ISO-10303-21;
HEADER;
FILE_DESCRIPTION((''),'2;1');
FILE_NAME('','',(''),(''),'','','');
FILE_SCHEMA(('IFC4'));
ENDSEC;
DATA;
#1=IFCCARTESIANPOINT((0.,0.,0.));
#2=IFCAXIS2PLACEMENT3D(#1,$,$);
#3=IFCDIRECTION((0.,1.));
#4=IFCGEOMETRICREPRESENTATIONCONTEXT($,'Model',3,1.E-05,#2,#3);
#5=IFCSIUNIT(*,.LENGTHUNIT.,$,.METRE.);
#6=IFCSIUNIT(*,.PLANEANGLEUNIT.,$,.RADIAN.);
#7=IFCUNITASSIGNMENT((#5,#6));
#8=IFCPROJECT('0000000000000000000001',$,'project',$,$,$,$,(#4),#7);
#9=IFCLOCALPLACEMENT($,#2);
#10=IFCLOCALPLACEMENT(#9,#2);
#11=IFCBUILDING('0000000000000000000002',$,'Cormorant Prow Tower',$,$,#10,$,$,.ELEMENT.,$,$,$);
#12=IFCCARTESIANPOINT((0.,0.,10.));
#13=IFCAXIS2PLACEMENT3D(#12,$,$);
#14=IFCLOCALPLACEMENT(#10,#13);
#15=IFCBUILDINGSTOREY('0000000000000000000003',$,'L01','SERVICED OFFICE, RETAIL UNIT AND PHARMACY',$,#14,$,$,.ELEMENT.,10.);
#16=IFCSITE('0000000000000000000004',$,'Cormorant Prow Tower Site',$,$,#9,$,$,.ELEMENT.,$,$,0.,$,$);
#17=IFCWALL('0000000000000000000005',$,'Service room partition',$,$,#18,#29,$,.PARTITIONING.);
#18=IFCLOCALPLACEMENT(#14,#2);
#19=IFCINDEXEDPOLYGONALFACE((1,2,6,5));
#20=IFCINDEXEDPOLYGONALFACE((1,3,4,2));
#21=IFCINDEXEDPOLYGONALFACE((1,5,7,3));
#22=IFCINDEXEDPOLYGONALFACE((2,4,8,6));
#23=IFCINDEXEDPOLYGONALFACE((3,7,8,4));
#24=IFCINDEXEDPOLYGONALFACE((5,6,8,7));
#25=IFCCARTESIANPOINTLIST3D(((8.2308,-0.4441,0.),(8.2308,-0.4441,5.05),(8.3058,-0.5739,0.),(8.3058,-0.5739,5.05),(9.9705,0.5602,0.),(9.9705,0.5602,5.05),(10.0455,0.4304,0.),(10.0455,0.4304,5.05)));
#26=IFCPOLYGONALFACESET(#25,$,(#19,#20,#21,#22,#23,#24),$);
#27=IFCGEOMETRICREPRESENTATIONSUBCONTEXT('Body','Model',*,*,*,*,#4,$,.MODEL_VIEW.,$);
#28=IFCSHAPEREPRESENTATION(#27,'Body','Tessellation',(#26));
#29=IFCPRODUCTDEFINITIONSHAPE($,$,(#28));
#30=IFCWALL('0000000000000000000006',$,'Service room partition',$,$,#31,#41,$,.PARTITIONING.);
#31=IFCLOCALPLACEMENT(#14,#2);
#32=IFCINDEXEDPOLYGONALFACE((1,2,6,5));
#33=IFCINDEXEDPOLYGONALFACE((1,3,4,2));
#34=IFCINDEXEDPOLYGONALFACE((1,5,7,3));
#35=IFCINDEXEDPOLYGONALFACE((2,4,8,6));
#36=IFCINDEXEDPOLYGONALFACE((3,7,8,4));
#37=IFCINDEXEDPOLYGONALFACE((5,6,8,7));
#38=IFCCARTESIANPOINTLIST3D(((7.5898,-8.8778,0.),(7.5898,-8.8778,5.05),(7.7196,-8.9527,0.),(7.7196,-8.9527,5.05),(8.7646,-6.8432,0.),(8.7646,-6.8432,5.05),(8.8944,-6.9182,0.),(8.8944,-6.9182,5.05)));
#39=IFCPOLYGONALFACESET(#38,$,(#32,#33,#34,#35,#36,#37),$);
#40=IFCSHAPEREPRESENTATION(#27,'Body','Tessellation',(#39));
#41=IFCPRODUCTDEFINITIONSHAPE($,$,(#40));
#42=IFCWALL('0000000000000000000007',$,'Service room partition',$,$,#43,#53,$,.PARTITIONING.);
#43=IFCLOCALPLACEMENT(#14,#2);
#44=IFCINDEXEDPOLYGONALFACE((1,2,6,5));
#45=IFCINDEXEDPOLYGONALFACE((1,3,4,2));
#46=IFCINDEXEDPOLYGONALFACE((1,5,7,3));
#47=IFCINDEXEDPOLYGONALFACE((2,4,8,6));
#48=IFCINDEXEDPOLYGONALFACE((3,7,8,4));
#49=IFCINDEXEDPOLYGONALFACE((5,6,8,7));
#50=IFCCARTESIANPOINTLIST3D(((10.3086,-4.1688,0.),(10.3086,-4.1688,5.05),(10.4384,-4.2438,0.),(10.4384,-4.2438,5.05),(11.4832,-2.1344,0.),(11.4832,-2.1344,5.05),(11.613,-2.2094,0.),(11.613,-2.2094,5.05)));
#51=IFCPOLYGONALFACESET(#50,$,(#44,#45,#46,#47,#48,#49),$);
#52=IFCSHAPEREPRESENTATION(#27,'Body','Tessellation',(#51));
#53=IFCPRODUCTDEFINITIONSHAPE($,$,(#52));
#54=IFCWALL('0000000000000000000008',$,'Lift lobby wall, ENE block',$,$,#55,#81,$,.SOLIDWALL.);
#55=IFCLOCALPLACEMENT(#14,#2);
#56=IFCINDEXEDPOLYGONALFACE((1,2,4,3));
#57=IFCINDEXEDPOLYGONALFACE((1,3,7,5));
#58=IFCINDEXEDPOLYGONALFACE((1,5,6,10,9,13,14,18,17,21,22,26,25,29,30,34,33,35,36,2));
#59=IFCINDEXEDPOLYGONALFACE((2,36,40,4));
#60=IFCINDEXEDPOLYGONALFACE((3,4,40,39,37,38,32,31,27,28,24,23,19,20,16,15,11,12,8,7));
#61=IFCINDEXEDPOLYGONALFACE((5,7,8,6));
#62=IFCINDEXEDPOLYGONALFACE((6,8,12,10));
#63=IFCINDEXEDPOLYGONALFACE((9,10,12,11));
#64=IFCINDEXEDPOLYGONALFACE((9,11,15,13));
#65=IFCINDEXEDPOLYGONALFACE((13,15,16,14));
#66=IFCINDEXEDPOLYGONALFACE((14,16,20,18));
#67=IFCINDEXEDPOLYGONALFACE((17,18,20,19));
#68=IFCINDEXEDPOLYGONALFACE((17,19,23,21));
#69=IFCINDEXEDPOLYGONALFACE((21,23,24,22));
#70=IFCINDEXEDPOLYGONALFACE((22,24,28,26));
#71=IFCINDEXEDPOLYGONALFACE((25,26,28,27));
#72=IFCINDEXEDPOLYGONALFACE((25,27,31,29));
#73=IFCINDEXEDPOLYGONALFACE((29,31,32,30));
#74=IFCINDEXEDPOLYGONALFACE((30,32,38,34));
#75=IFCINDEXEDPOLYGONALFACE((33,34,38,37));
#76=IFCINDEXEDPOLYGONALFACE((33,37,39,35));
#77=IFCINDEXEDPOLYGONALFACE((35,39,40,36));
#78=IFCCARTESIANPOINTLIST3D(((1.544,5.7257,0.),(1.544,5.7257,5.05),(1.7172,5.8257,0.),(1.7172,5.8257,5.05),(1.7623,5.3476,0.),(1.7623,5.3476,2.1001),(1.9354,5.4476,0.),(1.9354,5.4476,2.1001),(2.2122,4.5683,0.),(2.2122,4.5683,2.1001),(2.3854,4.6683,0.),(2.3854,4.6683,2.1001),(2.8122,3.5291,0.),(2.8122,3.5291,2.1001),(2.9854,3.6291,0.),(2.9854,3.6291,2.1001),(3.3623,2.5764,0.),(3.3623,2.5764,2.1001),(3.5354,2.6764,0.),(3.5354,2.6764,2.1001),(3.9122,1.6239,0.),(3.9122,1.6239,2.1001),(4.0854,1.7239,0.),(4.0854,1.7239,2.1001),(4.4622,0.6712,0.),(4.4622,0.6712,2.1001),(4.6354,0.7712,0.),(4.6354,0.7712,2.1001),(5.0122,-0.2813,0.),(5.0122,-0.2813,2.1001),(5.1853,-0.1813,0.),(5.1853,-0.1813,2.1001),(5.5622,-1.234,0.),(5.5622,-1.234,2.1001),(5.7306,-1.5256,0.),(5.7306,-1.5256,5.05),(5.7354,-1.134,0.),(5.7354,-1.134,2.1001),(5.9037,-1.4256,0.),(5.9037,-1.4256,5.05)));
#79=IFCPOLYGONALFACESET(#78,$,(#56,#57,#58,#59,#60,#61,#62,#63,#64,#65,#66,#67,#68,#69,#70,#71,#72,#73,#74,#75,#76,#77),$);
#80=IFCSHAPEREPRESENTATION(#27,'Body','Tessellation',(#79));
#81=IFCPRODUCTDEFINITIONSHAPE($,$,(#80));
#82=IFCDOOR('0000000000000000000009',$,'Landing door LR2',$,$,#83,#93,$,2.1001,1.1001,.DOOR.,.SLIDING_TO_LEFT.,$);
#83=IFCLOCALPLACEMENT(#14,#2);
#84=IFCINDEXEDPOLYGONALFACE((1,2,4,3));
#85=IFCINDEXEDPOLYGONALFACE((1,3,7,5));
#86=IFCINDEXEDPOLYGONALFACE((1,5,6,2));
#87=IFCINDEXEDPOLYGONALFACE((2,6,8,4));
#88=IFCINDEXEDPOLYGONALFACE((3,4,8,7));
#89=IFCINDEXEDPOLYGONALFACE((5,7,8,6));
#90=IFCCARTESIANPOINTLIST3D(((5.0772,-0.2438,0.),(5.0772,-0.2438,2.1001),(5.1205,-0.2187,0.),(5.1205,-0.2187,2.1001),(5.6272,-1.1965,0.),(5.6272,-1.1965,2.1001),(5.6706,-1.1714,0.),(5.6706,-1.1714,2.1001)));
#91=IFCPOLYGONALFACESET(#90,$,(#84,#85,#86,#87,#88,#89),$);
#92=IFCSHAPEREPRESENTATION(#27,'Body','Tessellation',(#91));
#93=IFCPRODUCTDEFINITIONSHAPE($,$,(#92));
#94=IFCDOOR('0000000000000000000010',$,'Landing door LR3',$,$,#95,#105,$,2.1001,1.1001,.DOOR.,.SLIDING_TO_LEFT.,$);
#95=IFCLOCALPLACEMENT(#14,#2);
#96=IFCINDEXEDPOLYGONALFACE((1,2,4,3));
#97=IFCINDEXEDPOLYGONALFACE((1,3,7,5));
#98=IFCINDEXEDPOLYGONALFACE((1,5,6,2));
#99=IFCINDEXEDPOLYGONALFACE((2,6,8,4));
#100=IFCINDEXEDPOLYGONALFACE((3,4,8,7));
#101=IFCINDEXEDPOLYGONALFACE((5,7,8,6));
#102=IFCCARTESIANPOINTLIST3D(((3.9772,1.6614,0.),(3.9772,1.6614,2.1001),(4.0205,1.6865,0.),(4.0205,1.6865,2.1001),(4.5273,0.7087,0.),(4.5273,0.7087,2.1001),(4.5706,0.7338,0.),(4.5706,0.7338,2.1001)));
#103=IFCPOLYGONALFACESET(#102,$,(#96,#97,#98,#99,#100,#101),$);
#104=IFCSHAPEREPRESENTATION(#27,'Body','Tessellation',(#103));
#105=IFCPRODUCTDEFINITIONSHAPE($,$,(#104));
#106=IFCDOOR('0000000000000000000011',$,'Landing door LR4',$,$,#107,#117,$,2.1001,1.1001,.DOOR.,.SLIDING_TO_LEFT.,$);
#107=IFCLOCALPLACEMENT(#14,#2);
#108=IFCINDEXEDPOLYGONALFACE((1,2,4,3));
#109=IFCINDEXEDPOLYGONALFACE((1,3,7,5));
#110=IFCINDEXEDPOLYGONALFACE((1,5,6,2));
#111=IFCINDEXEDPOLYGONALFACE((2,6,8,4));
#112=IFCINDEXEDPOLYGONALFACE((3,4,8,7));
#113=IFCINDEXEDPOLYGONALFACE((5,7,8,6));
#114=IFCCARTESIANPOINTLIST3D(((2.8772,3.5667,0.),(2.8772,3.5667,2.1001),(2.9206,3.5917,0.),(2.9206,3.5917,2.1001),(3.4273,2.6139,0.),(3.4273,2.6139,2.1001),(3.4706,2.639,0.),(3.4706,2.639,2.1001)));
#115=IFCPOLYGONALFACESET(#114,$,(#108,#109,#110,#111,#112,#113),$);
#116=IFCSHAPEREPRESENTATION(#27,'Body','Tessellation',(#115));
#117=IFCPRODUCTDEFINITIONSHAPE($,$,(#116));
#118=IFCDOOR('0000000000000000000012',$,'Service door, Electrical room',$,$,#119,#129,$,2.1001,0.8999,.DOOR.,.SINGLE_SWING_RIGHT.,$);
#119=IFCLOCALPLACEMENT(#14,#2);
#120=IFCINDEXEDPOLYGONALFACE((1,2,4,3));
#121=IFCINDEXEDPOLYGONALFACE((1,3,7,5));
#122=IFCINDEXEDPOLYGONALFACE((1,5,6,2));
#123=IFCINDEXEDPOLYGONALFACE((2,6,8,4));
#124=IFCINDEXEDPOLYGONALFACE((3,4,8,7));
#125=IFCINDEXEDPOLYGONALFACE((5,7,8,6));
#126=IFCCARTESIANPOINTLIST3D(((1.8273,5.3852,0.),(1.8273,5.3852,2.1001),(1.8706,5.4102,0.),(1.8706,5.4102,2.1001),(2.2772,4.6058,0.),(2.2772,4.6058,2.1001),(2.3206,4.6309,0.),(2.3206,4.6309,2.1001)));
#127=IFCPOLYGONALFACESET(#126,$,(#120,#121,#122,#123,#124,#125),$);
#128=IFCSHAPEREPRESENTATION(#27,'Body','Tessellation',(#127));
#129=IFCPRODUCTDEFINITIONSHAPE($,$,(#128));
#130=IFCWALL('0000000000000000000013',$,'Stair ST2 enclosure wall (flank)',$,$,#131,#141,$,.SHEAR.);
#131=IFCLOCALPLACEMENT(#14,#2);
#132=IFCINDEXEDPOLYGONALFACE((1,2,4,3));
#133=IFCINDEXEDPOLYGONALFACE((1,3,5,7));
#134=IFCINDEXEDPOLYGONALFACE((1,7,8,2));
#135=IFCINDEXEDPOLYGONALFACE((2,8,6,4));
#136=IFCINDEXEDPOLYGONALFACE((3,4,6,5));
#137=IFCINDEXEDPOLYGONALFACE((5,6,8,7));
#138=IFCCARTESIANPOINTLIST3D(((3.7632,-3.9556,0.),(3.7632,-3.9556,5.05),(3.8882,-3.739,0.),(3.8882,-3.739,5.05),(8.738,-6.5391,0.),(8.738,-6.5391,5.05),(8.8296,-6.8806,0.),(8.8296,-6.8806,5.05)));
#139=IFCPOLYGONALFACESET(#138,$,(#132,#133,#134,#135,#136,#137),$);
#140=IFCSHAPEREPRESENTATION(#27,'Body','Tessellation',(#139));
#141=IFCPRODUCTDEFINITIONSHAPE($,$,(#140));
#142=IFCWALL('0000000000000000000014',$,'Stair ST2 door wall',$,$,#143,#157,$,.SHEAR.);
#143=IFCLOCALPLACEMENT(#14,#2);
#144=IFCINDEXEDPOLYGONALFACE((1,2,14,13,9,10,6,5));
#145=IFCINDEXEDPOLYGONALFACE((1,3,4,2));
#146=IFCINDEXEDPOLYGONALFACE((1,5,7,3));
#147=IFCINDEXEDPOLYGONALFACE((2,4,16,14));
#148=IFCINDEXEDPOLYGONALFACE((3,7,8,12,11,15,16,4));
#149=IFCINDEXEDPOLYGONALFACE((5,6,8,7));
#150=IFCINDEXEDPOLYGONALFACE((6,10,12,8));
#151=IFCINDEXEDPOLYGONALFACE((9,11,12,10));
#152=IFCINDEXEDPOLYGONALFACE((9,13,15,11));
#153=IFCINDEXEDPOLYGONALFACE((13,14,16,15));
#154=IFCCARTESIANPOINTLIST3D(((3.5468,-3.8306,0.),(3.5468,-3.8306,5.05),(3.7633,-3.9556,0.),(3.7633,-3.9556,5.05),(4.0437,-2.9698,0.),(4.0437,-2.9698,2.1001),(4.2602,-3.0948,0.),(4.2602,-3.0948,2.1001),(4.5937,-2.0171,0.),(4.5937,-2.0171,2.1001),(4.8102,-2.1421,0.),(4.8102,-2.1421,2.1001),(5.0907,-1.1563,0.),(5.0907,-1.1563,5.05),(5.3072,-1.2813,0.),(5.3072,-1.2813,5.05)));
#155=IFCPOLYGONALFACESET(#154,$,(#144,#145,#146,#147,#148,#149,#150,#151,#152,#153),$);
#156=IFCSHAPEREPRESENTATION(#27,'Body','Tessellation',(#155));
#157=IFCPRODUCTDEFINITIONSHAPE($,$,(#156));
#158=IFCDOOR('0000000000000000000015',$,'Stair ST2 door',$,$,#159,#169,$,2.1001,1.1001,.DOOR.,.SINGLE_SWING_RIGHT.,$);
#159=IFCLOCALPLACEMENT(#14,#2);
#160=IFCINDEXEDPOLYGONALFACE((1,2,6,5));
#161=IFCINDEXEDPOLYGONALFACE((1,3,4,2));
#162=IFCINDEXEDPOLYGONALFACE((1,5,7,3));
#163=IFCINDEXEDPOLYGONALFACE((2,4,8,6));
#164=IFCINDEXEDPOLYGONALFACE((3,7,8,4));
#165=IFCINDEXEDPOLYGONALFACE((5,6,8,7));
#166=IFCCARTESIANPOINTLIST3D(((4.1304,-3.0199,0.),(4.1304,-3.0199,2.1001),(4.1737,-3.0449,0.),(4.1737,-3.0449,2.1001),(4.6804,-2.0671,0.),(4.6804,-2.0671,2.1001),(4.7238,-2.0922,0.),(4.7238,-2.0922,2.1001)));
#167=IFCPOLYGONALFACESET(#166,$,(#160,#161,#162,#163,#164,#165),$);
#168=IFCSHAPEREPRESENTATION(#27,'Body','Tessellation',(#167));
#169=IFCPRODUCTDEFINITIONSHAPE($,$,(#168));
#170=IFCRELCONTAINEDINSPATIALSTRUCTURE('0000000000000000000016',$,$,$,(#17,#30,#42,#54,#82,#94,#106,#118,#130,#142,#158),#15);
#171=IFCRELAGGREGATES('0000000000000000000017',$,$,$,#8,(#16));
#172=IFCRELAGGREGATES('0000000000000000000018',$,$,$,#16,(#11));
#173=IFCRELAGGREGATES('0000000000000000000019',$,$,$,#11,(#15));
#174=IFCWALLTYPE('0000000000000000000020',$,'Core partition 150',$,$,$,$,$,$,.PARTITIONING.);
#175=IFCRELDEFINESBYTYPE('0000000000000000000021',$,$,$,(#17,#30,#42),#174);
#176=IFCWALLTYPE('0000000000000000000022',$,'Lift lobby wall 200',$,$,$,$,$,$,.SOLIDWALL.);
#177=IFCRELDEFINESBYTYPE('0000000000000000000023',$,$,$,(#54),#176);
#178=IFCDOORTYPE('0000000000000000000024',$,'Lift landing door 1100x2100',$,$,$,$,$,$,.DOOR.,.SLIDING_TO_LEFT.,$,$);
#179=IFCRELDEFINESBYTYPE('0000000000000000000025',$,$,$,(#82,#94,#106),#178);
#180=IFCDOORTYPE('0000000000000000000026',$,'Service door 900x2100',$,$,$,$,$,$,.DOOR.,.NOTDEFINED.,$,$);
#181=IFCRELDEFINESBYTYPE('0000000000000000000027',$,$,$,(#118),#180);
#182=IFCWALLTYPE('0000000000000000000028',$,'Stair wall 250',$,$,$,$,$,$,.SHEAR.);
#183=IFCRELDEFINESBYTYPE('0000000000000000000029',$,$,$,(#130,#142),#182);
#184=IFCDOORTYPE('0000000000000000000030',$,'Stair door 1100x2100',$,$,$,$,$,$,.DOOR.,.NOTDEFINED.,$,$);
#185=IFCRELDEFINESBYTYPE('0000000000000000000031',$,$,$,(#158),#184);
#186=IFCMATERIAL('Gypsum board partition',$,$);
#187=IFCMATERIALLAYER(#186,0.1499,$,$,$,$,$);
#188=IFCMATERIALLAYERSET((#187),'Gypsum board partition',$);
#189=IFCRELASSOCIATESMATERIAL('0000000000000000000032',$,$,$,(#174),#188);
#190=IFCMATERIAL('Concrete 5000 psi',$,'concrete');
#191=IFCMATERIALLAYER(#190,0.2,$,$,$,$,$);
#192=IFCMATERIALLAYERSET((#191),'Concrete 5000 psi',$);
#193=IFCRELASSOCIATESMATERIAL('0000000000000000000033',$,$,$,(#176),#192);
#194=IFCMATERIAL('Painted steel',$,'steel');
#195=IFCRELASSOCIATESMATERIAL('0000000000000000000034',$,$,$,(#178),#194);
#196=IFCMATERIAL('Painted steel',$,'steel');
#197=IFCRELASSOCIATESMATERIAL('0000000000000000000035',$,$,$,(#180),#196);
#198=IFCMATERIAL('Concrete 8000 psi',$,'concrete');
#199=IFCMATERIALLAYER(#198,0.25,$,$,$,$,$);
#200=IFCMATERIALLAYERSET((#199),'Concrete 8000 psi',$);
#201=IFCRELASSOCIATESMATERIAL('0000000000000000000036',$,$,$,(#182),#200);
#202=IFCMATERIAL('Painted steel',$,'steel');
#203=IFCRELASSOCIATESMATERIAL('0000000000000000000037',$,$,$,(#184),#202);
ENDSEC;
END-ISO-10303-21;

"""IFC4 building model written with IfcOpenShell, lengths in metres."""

from ifc_helpers import new_model, si_unit, direction, frame, frame_2d, origin, place, context, subcontext, project, spatial, polyline, rectangle, outline, extrude, material, layer, layer_set, type_object, element, fill, save


model = new_model("IFC4")

# Units and contexts
model_context = context("Model", 3, precision=1e-05, world=origin(), true_north=direction((0.0, 1.0)))
body_context = subcontext(model_context, "Body", "Model", "MODEL_VIEW")
ifc_project = project(units=[si_unit("LENGTHUNIT", "METRE"), si_unit("PLANEANGLEUNIT", "RADIAN")], contexts=[model_context])

# Site, building, storey
site_placement = place(None, origin())
site = spatial("IfcSite", under=ifc_project, at=site_placement, Name="Cormorant Prow Tower Site", CompositionType="ELEMENT", RefElevation=0.0)
building_placement = place(site_placement, origin())
building = spatial("IfcBuilding", under=site, at=building_placement, Name="Cormorant Prow Tower", CompositionType="ELEMENT")
storey_placement = place(building_placement, frame((0.0, 0.0, 10.0)))
storey = spatial("IfcBuildingStorey", under=building, at=storey_placement, Name="L01", Description="SERVICED OFFICE, RETAIL UNIT AND PHARMACY", CompositionType="ELEMENT", Elevation=10.0)

# Walls
ifc_material_1 = material(Name="Gypsum board partition")
ifc_layer_1 = layer(ifc_material_1, 0.1499)
ifc_layer_set_1 = layer_set([ifc_layer_1], Name="Gypsum board partition")
wall_type_1 = type_object("IfcWallType", Name="Core partition 150", PredefinedType="PARTITIONING", material=ifc_layer_set_1)
wall_1_placement = place(storey_placement, frame((8.2683, -0.509, 0.0), z_axis=(0.0, 0.0, 1.0), x_axis=(0.866036, 0.499982, 0.0)))
element("IfcWall", 1, at=wall_1_placement, inside=storey, type_object=wall_type_1, Name="Service room partition", PredefinedType="PARTITIONING", context=body_context, shape_type="SweptSolid", body=[
    extrude(rectangle(XDim=2.0088, YDim=0.1499, at=frame_2d((1.0044, 0.0))), origin(), (0.0, 0.0, 1.0), 5.05),
])
wall_2_placement = place(storey_placement, frame((8.8296, -6.8806, 0.0), z_axis=(0.0, 0.0, 1.0), x_axis=(-0.500073, -0.865983, 0.0)))
element("IfcWall", 2, at=wall_2_placement, inside=storey, type_object=wall_type_1, Name="Service room partition", PredefinedType="PARTITIONING", context=body_context, shape_type="SweptSolid", body=[
    extrude(rectangle(XDim=2.3494, YDim=0.1499, at=frame_2d((1.1748, 0.0))), origin(), (0.0, 0.0, 1.0), 5.05),
])
wall_3_placement = place(storey_placement, frame((10.3735, -4.2063, 0.0), z_axis=(0.0, 0.0, 1.0), x_axis=(0.499995, 0.866028, 0.0)))
element("IfcWall", 3, at=wall_3_placement, inside=storey, type_object=wall_type_1, Name="Service room partition", PredefinedType="PARTITIONING", context=body_context, shape_type="SweptSolid", body=[
    extrude(rectangle(XDim=2.3491, YDim=0.1499, at=frame_2d((1.1746, 0.0))), origin(), (0.0, 0.0, 1.0), 5.05),
])

# Wall, openings, doors
ifc_material_2 = material(Name="Concrete 5000 psi", Category="concrete")
ifc_layer_2 = layer(ifc_material_2, 0.2)
ifc_layer_set_2 = layer_set([ifc_layer_2], Name="Concrete 5000 psi")
wall_type_2 = type_object("IfcWallType", Name="Lift lobby wall 200", PredefinedType="SOLIDWALL", material=ifc_layer_set_2)
wall_4_placement = place(storey_placement, frame((5.8171, -1.4756, 0.0), z_axis=(0.0, 0.0, 1.0), x_axis=(-0.500003, 0.866024, 0.0)))
wall_4 = element("IfcWall", 4, at=wall_4_placement, inside=storey, type_object=wall_type_2, Name="Lift lobby wall, ENE block", PredefinedType="SOLIDWALL", context=body_context, shape_type="SweptSolid", body=[
    extrude(rectangle(XDim=8.373, YDim=0.2, at=frame_2d((4.1865, 0.0))), origin(), (0.0, 0.0, 1.0), 5.05),
])
opening_1_placement = place(wall_4_placement, frame((0.3367, 0.0, 0.0)))
opening_1 = element("IfcOpeningElement", 5, at=opening_1_placement, cuts=wall_4, PredefinedType="OPENING", context=body_context, shape_type="SweptSolid", body=[
    extrude(rectangle(XDim=1.1001, YDim=2.1001, at=frame_2d((0.55, 1.05))), frame((0.0, 0.1099, 0.0), z_axis=(0.0, -1.0, 0.0), x_axis=(1.0, 0.0, 0.0)), (0.0, 0.0, 1.0), 0.22),
])
opening_2_placement = place(wall_4_placement, frame((2.5366, 0.0, 0.0)))
opening_2 = element("IfcOpeningElement", 6, at=opening_2_placement, cuts=wall_4, PredefinedType="OPENING", context=body_context, shape_type="SweptSolid", body=[
    extrude(rectangle(XDim=1.1001, YDim=2.1001, at=frame_2d((0.55, 1.05))), frame((0.0, 0.1099, 0.0), z_axis=(0.0, -1.0, 0.0), x_axis=(1.0, 0.0, 0.0)), (0.0, 0.0, 1.0), 0.22),
])
opening_3_placement = place(wall_4_placement, frame((4.7366, 0.0, 0.0)))
opening_3 = element("IfcOpeningElement", 7, at=opening_3_placement, cuts=wall_4, PredefinedType="OPENING", context=body_context, shape_type="SweptSolid", body=[
    extrude(rectangle(XDim=1.1001, YDim=2.1001, at=frame_2d((0.55, 1.05))), frame((0.0, 0.1099, 0.0), z_axis=(0.0, -1.0, 0.0), x_axis=(1.0, 0.0, 0.0)), (0.0, 0.0, 1.0), 0.22),
])
opening_4_placement = place(wall_4_placement, frame((7.0366, 0.0, 0.0)))
opening_4 = element("IfcOpeningElement", 8, at=opening_4_placement, cuts=wall_4, PredefinedType="OPENING", context=body_context, shape_type="SweptSolid", body=[
    extrude(rectangle(XDim=0.8999, YDim=2.1001, at=frame_2d((0.45, 1.05))), frame((0.0, 0.1099, 0.0), z_axis=(0.0, -1.0, 0.0), x_axis=(1.0, 0.0, 0.0)), (0.0, 0.0, 1.0), 0.22),
])
ifc_material_3 = material(Name="Painted steel", Category="steel")
door_type_1 = type_object("IfcDoorType", Name="Lift landing door 1100x2100", OperationType="SLIDING_TO_LEFT", PredefinedType="DOOR", material=ifc_material_3)
door_1_placement = place(opening_1_placement, origin())
door_1 = element("IfcDoor", 9, at=door_1_placement, inside=storey, type_object=door_type_1, Name="Landing door LR2", OperationType="SLIDING_TO_LEFT", OverallHeight=2.1001, OverallWidth=1.1001, PredefinedType="DOOR", context=body_context, shape_type="SweptSolid", body=[
    extrude(rectangle(XDim=1.1001, YDim=2.1001, at=frame_2d((0.55, 1.05))), frame((0.0, 0.0249, 0.0), z_axis=(0.0, -1.0, 0.0), x_axis=(1.0, 0.0, 0.0)), (0.0, 0.0, 1.0), 0.05),
])
fill(opening_1, door_1)
door_2_placement = place(opening_2_placement, origin())
door_2 = element("IfcDoor", 10, at=door_2_placement, inside=storey, type_object=door_type_1, Name="Landing door LR3", OperationType="SLIDING_TO_LEFT", OverallHeight=2.1001, OverallWidth=1.1001, PredefinedType="DOOR", context=body_context, shape_type="SweptSolid", body=[
    extrude(rectangle(XDim=1.1001, YDim=2.1001, at=frame_2d((0.55, 1.05))), frame((0.0, 0.0249, 0.0), z_axis=(0.0, -1.0, 0.0), x_axis=(1.0, 0.0, 0.0)), (0.0, 0.0, 1.0), 0.05),
])
fill(opening_2, door_2)
door_3_placement = place(opening_3_placement, origin())
door_3 = element("IfcDoor", 11, at=door_3_placement, inside=storey, type_object=door_type_1, Name="Landing door LR4", OperationType="SLIDING_TO_LEFT", OverallHeight=2.1001, OverallWidth=1.1001, PredefinedType="DOOR", context=body_context, shape_type="SweptSolid", body=[
    extrude(rectangle(XDim=1.1001, YDim=2.1001, at=frame_2d((0.55, 1.05))), frame((0.0, 0.0249, 0.0), z_axis=(0.0, -1.0, 0.0), x_axis=(1.0, 0.0, 0.0)), (0.0, 0.0, 1.0), 0.05),
])
fill(opening_3, door_3)
ifc_material_4 = material(Name="Painted steel", Category="steel")
door_type_2 = type_object("IfcDoorType", Name="Service door 900x2100", OperationType="NOTDEFINED", PredefinedType="DOOR", material=ifc_material_4)
door_4_placement = place(opening_4_placement, origin())
door_4 = element("IfcDoor", 12, at=door_4_placement, inside=storey, type_object=door_type_2, Name="Service door, Electrical room", OperationType="SINGLE_SWING_RIGHT", OverallHeight=2.1001, OverallWidth=0.8999, PredefinedType="DOOR", context=body_context, shape_type="SweptSolid", body=[
    extrude(rectangle(XDim=0.8999, YDim=2.1001, at=frame_2d((0.45, 1.05))), frame((0.0, 0.0249, 0.0), z_axis=(0.0, -1.0, 0.0), x_axis=(1.0, 0.0, 0.0)), (0.0, 0.0, 1.0), 0.05),
])
fill(opening_4, door_4)

# Wall
ifc_material_5 = material(Name="Concrete 8000 psi", Category="concrete")
ifc_layer_3 = layer(ifc_material_5, 0.25)
ifc_layer_set_3 = layer_set([ifc_layer_3], Name="Concrete 8000 psi")
wall_type_3 = type_object("IfcWallType", Name="Stair wall 250", PredefinedType="SHEAR", material=ifc_layer_set_3)
wall_5_placement = place(storey_placement, origin())
element("IfcWall", 13, at=wall_5_placement, inside=storey, type_object=wall_type_3, Name="Stair ST2 enclosure wall (flank)", PredefinedType="SHEAR", context=body_context, shape_type="SweptSolid", body=[
    extrude(outline(polyline([(3.7632, -3.9556), (8.8296, -6.8806), (8.738, -6.5391), (3.8882, -3.739), (3.7632, -3.9556)])), origin(), (0.0, 0.0, 1.0), 5.05),
])

# Wall, opening, door
wall_6_placement = place(storey_placement, frame((3.655, -3.8931, 0.0), z_axis=(0.0, 0.0, 1.0), x_axis=(0.499983, 0.866035, 0.0)))
wall_6 = element("IfcWall", 14, at=wall_6_placement, inside=storey, type_object=wall_type_3, Name="Stair ST2 door wall", PredefinedType="SHEAR", context=body_context, shape_type="SweptSolid", body=[
    extrude(rectangle(XDim=3.0879, YDim=0.25, at=frame_2d((1.5439, 0.0))), origin(), (0.0, 0.0, 1.0), 5.05),
])
opening_5_placement = place(wall_6_placement, frame((0.9939, 0.0, 0.0)))
opening_5 = element("IfcOpeningElement", 15, at=opening_5_placement, cuts=wall_6, PredefinedType="OPENING", context=body_context, shape_type="SweptSolid", body=[
    extrude(rectangle(XDim=1.1001, YDim=2.1001, at=frame_2d((0.55, 1.05))), frame((0.0, 0.135, 0.0), z_axis=(0.0, -1.0, 0.0), x_axis=(1.0, 0.0, 0.0)), (0.0, 0.0, 1.0), 0.27),
])
ifc_material_6 = material(Name="Painted steel", Category="steel")
door_type_3 = type_object("IfcDoorType", Name="Stair door 1100x2100", OperationType="NOTDEFINED", PredefinedType="DOOR", material=ifc_material_6)
door_5_placement = place(opening_5_placement, origin())
door_5 = element("IfcDoor", 16, at=door_5_placement, inside=storey, type_object=door_type_3, Name="Stair ST2 door", OperationType="SINGLE_SWING_RIGHT", OverallHeight=2.1001, OverallWidth=1.1001, PredefinedType="DOOR", context=body_context, shape_type="SweptSolid", body=[
    extrude(rectangle(XDim=1.1001, YDim=2.1001, at=frame_2d((0.55, 1.05))), frame((0.0, 0.0249, 0.0), z_axis=(0.0, -1.0, 0.0), x_axis=(1.0, 0.0, 0.0)), (0.0, 0.0, 1.0), 0.05),
])
fill(opening_5, door_5)

save(model, "model.ifc")
